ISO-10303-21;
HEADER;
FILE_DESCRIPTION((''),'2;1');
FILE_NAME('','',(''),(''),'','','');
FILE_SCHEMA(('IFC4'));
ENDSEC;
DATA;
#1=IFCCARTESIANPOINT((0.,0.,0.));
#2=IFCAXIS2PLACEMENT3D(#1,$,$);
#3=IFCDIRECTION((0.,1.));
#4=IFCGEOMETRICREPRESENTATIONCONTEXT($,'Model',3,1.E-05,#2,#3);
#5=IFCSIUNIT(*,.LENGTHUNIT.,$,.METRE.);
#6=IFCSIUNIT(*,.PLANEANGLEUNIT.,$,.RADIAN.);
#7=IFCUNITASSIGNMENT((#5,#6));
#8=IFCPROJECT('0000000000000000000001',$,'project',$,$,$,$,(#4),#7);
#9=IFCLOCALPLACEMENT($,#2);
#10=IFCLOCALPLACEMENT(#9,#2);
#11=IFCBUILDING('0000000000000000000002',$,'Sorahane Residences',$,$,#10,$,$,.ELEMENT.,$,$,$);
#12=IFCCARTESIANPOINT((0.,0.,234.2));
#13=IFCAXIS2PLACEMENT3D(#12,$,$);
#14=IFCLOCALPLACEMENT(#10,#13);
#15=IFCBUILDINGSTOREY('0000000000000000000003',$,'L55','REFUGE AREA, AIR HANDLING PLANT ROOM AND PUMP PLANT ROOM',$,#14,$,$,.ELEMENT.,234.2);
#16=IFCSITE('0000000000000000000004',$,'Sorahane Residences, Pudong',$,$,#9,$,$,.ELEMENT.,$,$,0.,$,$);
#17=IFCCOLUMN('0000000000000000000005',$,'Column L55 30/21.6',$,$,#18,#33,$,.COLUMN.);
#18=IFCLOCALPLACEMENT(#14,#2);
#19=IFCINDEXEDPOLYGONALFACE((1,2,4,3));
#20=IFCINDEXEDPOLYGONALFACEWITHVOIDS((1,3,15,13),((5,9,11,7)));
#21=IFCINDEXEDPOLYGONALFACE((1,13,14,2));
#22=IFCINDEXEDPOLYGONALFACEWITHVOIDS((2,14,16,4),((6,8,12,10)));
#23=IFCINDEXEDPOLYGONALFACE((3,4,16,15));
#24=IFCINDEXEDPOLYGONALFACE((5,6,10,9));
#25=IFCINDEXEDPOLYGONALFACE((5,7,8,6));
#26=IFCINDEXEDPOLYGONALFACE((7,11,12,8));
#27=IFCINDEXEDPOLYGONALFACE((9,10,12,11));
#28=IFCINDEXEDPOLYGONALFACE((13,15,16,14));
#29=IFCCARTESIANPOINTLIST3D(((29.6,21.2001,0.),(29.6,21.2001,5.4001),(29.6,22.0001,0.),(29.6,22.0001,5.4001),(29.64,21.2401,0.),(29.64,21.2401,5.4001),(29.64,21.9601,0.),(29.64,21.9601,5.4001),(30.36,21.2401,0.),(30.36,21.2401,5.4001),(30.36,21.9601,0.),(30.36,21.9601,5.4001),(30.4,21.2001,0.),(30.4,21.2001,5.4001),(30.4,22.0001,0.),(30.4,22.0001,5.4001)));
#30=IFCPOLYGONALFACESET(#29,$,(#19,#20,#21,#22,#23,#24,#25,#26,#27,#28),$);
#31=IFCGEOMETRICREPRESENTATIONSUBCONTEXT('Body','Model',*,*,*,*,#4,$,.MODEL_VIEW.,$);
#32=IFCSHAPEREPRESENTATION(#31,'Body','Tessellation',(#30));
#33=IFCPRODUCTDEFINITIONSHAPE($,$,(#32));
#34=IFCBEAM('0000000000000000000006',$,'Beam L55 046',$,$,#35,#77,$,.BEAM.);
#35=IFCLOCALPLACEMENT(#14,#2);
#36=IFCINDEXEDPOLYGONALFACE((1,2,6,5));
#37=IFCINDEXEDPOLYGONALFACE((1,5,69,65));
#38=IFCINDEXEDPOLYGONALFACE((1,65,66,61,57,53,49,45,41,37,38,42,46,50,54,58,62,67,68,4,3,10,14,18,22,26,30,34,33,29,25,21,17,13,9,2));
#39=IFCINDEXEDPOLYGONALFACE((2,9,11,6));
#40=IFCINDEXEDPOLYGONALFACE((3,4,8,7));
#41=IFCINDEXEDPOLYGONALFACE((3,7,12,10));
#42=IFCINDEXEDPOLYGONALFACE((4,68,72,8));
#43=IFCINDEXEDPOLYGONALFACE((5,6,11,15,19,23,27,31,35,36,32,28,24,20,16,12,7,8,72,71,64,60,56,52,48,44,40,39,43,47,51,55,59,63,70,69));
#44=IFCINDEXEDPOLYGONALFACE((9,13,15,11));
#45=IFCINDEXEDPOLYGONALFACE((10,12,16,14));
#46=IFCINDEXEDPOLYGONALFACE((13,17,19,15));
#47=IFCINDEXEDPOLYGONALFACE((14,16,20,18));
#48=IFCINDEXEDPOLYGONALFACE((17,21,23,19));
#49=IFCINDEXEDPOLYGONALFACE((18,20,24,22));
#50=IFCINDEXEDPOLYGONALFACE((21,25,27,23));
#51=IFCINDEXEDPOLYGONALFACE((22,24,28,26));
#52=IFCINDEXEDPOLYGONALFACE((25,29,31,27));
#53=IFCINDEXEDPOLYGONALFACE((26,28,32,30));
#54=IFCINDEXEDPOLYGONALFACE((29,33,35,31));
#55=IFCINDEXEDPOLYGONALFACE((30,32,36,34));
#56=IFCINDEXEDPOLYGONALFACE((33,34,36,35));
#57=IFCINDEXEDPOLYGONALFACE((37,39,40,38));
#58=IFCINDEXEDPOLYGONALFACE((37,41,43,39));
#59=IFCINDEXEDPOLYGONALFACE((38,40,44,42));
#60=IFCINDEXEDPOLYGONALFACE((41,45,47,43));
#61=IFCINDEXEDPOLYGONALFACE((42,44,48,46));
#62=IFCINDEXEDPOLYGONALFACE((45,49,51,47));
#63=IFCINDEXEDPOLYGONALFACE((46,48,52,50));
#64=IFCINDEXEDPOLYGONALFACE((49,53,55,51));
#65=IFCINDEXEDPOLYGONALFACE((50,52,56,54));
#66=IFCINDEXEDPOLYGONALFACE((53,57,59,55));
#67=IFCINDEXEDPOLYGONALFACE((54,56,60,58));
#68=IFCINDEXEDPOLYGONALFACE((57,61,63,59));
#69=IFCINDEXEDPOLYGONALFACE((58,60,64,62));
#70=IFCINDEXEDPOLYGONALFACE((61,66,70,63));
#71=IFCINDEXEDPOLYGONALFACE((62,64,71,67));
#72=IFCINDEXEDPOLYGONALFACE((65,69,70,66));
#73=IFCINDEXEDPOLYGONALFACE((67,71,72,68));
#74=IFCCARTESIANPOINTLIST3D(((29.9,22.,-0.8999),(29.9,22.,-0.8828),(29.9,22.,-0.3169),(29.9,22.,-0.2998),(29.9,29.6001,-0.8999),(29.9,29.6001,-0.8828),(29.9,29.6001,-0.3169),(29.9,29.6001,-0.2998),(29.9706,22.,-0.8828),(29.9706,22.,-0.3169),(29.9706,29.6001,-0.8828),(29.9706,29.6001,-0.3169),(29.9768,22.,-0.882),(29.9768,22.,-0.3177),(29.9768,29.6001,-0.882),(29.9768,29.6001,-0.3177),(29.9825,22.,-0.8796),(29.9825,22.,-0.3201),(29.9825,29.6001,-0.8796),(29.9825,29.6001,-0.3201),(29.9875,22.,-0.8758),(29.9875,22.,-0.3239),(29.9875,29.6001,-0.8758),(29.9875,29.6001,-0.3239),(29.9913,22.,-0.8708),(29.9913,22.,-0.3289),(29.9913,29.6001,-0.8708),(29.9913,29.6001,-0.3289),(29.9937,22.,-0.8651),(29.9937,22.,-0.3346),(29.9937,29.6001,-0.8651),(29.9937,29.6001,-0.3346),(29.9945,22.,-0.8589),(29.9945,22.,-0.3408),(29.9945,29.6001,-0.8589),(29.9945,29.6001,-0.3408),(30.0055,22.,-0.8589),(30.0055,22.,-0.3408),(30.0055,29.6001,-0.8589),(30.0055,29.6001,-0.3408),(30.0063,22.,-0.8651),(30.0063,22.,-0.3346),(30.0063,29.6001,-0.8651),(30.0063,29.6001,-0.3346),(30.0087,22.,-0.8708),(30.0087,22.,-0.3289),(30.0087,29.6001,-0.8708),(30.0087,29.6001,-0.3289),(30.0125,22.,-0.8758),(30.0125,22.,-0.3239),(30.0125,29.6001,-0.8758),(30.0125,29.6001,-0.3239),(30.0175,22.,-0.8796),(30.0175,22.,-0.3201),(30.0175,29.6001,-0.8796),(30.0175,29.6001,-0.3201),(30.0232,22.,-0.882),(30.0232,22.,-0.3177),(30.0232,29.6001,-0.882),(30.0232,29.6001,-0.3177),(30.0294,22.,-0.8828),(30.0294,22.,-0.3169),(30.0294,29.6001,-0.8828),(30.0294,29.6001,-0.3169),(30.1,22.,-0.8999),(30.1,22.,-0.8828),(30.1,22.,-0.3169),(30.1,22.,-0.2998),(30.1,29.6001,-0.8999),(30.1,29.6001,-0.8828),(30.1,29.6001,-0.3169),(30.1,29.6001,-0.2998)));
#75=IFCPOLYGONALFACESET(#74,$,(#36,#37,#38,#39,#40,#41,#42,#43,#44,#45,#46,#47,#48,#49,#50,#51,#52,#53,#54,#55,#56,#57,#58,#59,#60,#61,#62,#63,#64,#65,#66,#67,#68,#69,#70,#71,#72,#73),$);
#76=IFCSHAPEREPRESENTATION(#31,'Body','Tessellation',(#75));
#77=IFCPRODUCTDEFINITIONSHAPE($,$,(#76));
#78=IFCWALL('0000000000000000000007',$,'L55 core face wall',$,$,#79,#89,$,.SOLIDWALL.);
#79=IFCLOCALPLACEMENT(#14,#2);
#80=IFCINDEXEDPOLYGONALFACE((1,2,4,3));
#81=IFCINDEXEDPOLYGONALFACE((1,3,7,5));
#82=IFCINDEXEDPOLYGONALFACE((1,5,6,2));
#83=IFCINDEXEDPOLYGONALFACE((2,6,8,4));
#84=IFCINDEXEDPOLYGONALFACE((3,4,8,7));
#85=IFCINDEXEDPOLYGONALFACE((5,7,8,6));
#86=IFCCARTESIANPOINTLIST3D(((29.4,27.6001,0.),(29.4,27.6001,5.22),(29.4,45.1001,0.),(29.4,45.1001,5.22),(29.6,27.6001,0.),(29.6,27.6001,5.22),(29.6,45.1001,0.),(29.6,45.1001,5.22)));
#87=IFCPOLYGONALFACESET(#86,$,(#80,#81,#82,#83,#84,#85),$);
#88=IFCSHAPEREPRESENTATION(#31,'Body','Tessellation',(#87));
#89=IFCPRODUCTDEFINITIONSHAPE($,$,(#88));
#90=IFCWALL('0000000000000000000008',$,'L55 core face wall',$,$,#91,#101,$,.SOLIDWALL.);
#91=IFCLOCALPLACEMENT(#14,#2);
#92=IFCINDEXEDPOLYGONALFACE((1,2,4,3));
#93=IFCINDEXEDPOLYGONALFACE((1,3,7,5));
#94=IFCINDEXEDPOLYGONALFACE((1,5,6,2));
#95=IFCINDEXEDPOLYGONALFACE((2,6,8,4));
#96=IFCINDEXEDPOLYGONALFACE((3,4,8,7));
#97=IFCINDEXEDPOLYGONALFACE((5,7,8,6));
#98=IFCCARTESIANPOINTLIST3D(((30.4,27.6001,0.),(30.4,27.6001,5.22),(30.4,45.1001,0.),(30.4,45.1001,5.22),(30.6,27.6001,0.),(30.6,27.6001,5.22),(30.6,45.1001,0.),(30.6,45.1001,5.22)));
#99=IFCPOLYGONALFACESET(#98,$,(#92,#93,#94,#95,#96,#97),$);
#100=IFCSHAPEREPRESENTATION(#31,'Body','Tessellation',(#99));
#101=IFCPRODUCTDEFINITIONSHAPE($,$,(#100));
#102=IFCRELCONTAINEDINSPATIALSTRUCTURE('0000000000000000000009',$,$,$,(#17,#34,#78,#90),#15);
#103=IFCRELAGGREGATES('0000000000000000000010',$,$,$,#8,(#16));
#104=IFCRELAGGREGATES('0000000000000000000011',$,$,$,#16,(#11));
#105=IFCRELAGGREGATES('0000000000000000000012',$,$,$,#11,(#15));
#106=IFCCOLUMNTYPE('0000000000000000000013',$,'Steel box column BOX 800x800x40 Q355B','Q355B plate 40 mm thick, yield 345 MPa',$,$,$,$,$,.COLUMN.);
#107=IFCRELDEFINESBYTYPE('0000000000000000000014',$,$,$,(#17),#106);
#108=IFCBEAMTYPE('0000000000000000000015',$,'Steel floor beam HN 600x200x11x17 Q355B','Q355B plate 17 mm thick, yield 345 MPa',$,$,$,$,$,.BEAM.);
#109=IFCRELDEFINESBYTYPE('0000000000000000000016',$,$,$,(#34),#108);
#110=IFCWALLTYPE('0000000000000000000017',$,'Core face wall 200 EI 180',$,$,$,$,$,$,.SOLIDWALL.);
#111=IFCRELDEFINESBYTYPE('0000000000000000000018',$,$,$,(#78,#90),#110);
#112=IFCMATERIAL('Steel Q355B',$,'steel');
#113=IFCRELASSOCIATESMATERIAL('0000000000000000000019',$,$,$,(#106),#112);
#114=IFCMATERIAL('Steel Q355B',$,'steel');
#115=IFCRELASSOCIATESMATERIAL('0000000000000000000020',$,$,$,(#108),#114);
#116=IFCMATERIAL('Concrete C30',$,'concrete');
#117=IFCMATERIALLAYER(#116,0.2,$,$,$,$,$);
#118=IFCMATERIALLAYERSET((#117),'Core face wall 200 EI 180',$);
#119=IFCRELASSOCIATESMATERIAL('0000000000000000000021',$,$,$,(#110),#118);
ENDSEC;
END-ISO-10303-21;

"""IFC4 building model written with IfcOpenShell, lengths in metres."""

from ifc_helpers import new_model, si_unit, direction, frame, frame_2d, origin, origin_2d, place, context, subcontext, project, spatial, rectangle, hollow_rectangle, i_section, extrude, material, layer, layer_set, material_profile, profile_set, type_object, element, save


model = new_model("IFC4")

# Units and contexts
model_context = context("Model", 3, precision=1e-05, world=origin(), true_north=direction((0.0, 1.0)))
body_context = subcontext(model_context, "Body", "Model", "MODEL_VIEW")
ifc_project = project(units=[si_unit("LENGTHUNIT", "METRE"), si_unit("PLANEANGLEUNIT", "RADIAN")], contexts=[model_context])

# Site, building, storey
site_placement = place(None, origin())
site = spatial("IfcSite", under=ifc_project, at=site_placement, Name="Sorahane Residences, Pudong", CompositionType="ELEMENT", RefElevation=0.0)
building_placement = place(site_placement, origin())
building = spatial("IfcBuilding", under=site, at=building_placement, Name="Sorahane Residences", CompositionType="ELEMENT")
storey_placement = place(building_placement, frame((0.0, 0.0, 234.2)))
storey = spatial("IfcBuildingStorey", under=building, at=storey_placement, Name="L55", Description="REFUGE AREA, AIR HANDLING PLANT ROOM AND PUMP PLANT ROOM", CompositionType="ELEMENT", Elevation=234.2)

# Column
ifc_material_1 = material(Name="Steel Q355B", Category="steel")
ifc_material_profile_1 = material_profile(ifc_material_1, hollow_rectangle(XDim=0.8, YDim=0.8, WallThickness=0.04, at=origin_2d()), Name="BOX 800x800x40")
ifc_profile_set_1 = profile_set([ifc_material_profile_1], Name="Steel Q355B")
column_type = type_object("IfcColumnType", Name="Steel box column BOX 800x800x40 Q355B", Description="Q355B plate 40 mm thick, yield 345 MPa", PredefinedType="COLUMN", material=ifc_profile_set_1)
column_placement = place(storey_placement, frame((30.0, 21.6001, 0.0), z_axis=(0.0, 0.0, 1.0), x_axis=(1.0, 0.0, 0.0)))
element("IfcColumn", 1, at=column_placement, inside=storey, type_object=column_type, Name="Column L55 30/21.6", PredefinedType="COLUMN", context=body_context, shape_type="SweptSolid", body=[
    extrude(hollow_rectangle(XDim=0.8, YDim=0.8, WallThickness=0.04, at=origin_2d()), origin(), (0.0, 0.0, 1.0), 5.4001),
])

# Beam
ifc_material_2 = material(Name="Steel Q355B", Category="steel")
ifc_material_profile_2 = material_profile(ifc_material_2, i_section(OverallWidth=0.2, OverallDepth=0.6001, WebThickness=0.011, FlangeThickness=0.0171, FilletRadius=0.0239, at=origin_2d()), Name="HN 600x200x11x17")
ifc_profile_set_2 = profile_set([ifc_material_profile_2], Name="Steel Q355B")
beam_type = type_object("IfcBeamType", Name="Steel floor beam HN 600x200x11x17 Q355B", Description="Q355B plate 17 mm thick, yield 345 MPa", PredefinedType="BEAM", material=ifc_profile_set_2)
beam_placement = place(storey_placement, frame((30.0, 22.0, -0.5999), z_axis=(0.0, 1.0, 0.0), x_axis=(-1.0, 0.0, 0.0)))
element("IfcBeam", 2, at=beam_placement, inside=storey, type_object=beam_type, Name="Beam L55 046", PredefinedType="BEAM", context=body_context, shape_type="SweptSolid", body=[
    extrude(i_section(OverallWidth=0.2, OverallDepth=0.6001, WebThickness=0.011, FlangeThickness=0.0171, FilletRadius=0.0239, at=origin_2d()), origin(), (0.0, 0.0, 1.0), 7.6001),
])

# Walls
ifc_material_3 = material(Name="Concrete C30", Category="concrete")
ifc_layer_1 = layer(ifc_material_3, 0.2)
ifc_layer_set_1 = layer_set([ifc_layer_1], Name="Core face wall 200 EI 180")
wall_type_1 = type_object("IfcWallType", Name="Core face wall 200 EI 180", PredefinedType="SOLIDWALL", material=ifc_layer_set_1)
for number, where, z_axis, x_axis, name in (
    (3, (29.5, 27.6001, 0.0), (0.0, 0.0, 1.0), (0.0, 1.0, 0.0), "L55 core face wall"),
    (4, (30.5, 27.6001, 0.0), (0.0, 0.0, 1.0), (0.0, 1.0, 0.0), "L55 core face wall"),
):
    element("IfcWall", number, at=place(storey_placement, frame(where, z_axis=z_axis, x_axis=x_axis)), inside=storey, type_object=wall_type_1, Name=name, PredefinedType="SOLIDWALL", context=body_context, shape_type="SweptSolid", body=[
        extrude(rectangle(XDim=17.5, YDim=0.2, at=frame_2d((8.75, 0.0))), origin(), (0.0, 0.0, 1.0), 5.22),
    ])

save(model, "model.ifc")
